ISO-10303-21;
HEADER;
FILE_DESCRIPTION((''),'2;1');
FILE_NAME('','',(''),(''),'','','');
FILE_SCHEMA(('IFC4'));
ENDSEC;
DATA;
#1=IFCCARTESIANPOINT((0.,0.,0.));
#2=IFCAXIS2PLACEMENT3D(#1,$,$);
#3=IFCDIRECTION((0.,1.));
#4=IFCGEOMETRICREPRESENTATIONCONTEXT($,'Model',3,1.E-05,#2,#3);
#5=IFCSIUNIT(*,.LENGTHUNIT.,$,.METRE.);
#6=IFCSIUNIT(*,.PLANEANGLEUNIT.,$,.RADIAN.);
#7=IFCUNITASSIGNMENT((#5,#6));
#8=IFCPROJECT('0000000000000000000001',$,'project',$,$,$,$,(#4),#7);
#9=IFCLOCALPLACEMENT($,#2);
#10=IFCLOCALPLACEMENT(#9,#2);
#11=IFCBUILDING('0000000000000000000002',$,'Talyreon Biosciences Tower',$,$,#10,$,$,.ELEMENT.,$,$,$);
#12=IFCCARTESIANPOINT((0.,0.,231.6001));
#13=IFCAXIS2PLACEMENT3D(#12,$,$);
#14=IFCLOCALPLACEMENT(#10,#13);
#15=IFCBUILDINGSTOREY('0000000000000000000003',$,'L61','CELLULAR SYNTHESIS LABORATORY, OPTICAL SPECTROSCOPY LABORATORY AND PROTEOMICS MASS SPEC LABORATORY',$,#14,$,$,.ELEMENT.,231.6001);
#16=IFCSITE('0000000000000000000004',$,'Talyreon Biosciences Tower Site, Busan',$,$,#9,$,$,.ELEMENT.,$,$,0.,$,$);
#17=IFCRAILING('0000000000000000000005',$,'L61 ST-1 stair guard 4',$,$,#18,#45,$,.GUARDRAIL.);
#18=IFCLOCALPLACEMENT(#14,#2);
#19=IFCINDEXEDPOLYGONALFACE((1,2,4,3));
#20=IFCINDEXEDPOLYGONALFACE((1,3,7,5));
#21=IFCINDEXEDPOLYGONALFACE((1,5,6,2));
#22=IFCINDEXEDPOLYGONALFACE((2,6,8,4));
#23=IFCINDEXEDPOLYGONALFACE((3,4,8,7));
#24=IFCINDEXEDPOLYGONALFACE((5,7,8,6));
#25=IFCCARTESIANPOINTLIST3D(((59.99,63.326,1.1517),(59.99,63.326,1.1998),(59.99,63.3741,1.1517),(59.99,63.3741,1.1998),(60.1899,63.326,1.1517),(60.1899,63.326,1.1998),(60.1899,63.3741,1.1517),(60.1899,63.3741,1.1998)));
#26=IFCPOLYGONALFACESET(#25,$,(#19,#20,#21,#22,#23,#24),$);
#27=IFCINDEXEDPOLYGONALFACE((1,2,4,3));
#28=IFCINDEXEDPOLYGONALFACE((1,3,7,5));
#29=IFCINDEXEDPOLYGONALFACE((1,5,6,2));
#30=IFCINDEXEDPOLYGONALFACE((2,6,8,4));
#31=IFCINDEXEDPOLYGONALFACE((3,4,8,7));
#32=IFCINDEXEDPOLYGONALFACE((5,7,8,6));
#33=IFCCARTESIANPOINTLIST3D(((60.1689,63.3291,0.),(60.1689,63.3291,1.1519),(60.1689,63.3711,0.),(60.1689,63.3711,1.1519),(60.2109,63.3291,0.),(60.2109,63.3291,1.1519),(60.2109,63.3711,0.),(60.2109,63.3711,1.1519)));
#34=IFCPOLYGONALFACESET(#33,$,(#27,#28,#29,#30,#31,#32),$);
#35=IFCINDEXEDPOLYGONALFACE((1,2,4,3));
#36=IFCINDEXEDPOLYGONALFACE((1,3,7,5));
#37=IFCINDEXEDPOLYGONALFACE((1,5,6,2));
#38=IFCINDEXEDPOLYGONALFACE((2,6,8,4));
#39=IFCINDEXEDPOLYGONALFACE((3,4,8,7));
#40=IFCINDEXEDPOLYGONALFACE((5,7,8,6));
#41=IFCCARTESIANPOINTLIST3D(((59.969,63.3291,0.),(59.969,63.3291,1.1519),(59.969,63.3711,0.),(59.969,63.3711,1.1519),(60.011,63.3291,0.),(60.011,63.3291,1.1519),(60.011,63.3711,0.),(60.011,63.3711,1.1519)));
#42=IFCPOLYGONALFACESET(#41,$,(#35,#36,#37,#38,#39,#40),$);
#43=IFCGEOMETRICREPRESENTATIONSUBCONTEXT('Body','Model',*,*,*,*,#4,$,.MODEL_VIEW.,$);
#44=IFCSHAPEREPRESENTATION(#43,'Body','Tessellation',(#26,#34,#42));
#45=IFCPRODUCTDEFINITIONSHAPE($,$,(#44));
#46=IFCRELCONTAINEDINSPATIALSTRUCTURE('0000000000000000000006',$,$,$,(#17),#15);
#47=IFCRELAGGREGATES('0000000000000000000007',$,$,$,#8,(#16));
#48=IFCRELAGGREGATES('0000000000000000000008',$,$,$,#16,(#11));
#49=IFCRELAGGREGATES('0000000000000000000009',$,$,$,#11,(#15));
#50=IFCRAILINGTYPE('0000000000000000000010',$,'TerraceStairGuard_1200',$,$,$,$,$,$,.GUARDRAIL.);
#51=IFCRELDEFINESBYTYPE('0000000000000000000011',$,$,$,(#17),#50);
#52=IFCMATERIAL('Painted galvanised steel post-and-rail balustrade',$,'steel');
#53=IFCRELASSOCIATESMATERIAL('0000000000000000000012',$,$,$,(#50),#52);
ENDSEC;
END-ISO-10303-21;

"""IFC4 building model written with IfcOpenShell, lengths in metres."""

from ifc_helpers import new_model, si_unit, direction, frame, origin, origin_2d, place, context, subcontext, project, spatial, rectangle, extrude, material, type_object, element, save


model = new_model("IFC4")

# Units and contexts
model_context = context("Model", 3, precision=1e-05, world=origin(), true_north=direction((0.0, 1.0)))
body_context = subcontext(model_context, "Body", "Model", "MODEL_VIEW")
ifc_project = project(units=[si_unit("LENGTHUNIT", "METRE"), si_unit("PLANEANGLEUNIT", "RADIAN")], contexts=[model_context])

# Site, building, storey
site_placement = place(None, origin())
site = spatial("IfcSite", under=ifc_project, at=site_placement, Name="Talyreon Biosciences Tower Site, Busan", CompositionType="ELEMENT", RefElevation=0.0)
building_placement = place(site_placement, origin())
building = spatial("IfcBuilding", under=site, at=building_placement, Name="Talyreon Biosciences Tower", CompositionType="ELEMENT")
storey_placement = place(building_placement, frame((0.0, 0.0, 231.6001)))
storey = spatial("IfcBuildingStorey", under=building, at=storey_placement, Name="L61", Description="CELLULAR SYNTHESIS LABORATORY, OPTICAL SPECTROSCOPY LABORATORY AND PROTEOMICS MASS SPEC LABORATORY", CompositionType="ELEMENT", Elevation=231.6001)

# Railing
ifc_material_1 = material(Name="Painted galvanised steel post-and-rail balustrade", Category="steel")
railing_type_1 = type_object("IfcRailingType", Name="TerraceStairGuard_1200", PredefinedType="GUARDRAIL", material=ifc_material_1)
railing_1_placement = place(storey_placement, frame((60.1899, 63.3501, 0.0)))
element("IfcRailing", 1, at=railing_1_placement, inside=storey, type_object=railing_type_1, Name="L61 ST-1 stair guard 4", PredefinedType="GUARDRAIL", context=body_context, shape_type="SweptSolid", body=[
    extrude(rectangle(XDim=0.0481, YDim=0.0481, at=origin_2d()), frame((0.0, 0.0, 1.1758), z_axis=(-1.0, 0.0, 0.0), x_axis=(0.0, -1.0, 0.0)), (0.0, 0.0, 1.0), 0.2),
    extrude(rectangle(XDim=0.042, YDim=0.042, at=origin_2d()), origin(), (0.0, 0.0, 1.0), 1.1519),
    extrude(rectangle(XDim=0.042, YDim=0.042, at=origin_2d()), frame((-0.2, 0.0, 0.0)), (0.0, 0.0, 1.0), 1.1519),
])

save(model, "model.ifc")
